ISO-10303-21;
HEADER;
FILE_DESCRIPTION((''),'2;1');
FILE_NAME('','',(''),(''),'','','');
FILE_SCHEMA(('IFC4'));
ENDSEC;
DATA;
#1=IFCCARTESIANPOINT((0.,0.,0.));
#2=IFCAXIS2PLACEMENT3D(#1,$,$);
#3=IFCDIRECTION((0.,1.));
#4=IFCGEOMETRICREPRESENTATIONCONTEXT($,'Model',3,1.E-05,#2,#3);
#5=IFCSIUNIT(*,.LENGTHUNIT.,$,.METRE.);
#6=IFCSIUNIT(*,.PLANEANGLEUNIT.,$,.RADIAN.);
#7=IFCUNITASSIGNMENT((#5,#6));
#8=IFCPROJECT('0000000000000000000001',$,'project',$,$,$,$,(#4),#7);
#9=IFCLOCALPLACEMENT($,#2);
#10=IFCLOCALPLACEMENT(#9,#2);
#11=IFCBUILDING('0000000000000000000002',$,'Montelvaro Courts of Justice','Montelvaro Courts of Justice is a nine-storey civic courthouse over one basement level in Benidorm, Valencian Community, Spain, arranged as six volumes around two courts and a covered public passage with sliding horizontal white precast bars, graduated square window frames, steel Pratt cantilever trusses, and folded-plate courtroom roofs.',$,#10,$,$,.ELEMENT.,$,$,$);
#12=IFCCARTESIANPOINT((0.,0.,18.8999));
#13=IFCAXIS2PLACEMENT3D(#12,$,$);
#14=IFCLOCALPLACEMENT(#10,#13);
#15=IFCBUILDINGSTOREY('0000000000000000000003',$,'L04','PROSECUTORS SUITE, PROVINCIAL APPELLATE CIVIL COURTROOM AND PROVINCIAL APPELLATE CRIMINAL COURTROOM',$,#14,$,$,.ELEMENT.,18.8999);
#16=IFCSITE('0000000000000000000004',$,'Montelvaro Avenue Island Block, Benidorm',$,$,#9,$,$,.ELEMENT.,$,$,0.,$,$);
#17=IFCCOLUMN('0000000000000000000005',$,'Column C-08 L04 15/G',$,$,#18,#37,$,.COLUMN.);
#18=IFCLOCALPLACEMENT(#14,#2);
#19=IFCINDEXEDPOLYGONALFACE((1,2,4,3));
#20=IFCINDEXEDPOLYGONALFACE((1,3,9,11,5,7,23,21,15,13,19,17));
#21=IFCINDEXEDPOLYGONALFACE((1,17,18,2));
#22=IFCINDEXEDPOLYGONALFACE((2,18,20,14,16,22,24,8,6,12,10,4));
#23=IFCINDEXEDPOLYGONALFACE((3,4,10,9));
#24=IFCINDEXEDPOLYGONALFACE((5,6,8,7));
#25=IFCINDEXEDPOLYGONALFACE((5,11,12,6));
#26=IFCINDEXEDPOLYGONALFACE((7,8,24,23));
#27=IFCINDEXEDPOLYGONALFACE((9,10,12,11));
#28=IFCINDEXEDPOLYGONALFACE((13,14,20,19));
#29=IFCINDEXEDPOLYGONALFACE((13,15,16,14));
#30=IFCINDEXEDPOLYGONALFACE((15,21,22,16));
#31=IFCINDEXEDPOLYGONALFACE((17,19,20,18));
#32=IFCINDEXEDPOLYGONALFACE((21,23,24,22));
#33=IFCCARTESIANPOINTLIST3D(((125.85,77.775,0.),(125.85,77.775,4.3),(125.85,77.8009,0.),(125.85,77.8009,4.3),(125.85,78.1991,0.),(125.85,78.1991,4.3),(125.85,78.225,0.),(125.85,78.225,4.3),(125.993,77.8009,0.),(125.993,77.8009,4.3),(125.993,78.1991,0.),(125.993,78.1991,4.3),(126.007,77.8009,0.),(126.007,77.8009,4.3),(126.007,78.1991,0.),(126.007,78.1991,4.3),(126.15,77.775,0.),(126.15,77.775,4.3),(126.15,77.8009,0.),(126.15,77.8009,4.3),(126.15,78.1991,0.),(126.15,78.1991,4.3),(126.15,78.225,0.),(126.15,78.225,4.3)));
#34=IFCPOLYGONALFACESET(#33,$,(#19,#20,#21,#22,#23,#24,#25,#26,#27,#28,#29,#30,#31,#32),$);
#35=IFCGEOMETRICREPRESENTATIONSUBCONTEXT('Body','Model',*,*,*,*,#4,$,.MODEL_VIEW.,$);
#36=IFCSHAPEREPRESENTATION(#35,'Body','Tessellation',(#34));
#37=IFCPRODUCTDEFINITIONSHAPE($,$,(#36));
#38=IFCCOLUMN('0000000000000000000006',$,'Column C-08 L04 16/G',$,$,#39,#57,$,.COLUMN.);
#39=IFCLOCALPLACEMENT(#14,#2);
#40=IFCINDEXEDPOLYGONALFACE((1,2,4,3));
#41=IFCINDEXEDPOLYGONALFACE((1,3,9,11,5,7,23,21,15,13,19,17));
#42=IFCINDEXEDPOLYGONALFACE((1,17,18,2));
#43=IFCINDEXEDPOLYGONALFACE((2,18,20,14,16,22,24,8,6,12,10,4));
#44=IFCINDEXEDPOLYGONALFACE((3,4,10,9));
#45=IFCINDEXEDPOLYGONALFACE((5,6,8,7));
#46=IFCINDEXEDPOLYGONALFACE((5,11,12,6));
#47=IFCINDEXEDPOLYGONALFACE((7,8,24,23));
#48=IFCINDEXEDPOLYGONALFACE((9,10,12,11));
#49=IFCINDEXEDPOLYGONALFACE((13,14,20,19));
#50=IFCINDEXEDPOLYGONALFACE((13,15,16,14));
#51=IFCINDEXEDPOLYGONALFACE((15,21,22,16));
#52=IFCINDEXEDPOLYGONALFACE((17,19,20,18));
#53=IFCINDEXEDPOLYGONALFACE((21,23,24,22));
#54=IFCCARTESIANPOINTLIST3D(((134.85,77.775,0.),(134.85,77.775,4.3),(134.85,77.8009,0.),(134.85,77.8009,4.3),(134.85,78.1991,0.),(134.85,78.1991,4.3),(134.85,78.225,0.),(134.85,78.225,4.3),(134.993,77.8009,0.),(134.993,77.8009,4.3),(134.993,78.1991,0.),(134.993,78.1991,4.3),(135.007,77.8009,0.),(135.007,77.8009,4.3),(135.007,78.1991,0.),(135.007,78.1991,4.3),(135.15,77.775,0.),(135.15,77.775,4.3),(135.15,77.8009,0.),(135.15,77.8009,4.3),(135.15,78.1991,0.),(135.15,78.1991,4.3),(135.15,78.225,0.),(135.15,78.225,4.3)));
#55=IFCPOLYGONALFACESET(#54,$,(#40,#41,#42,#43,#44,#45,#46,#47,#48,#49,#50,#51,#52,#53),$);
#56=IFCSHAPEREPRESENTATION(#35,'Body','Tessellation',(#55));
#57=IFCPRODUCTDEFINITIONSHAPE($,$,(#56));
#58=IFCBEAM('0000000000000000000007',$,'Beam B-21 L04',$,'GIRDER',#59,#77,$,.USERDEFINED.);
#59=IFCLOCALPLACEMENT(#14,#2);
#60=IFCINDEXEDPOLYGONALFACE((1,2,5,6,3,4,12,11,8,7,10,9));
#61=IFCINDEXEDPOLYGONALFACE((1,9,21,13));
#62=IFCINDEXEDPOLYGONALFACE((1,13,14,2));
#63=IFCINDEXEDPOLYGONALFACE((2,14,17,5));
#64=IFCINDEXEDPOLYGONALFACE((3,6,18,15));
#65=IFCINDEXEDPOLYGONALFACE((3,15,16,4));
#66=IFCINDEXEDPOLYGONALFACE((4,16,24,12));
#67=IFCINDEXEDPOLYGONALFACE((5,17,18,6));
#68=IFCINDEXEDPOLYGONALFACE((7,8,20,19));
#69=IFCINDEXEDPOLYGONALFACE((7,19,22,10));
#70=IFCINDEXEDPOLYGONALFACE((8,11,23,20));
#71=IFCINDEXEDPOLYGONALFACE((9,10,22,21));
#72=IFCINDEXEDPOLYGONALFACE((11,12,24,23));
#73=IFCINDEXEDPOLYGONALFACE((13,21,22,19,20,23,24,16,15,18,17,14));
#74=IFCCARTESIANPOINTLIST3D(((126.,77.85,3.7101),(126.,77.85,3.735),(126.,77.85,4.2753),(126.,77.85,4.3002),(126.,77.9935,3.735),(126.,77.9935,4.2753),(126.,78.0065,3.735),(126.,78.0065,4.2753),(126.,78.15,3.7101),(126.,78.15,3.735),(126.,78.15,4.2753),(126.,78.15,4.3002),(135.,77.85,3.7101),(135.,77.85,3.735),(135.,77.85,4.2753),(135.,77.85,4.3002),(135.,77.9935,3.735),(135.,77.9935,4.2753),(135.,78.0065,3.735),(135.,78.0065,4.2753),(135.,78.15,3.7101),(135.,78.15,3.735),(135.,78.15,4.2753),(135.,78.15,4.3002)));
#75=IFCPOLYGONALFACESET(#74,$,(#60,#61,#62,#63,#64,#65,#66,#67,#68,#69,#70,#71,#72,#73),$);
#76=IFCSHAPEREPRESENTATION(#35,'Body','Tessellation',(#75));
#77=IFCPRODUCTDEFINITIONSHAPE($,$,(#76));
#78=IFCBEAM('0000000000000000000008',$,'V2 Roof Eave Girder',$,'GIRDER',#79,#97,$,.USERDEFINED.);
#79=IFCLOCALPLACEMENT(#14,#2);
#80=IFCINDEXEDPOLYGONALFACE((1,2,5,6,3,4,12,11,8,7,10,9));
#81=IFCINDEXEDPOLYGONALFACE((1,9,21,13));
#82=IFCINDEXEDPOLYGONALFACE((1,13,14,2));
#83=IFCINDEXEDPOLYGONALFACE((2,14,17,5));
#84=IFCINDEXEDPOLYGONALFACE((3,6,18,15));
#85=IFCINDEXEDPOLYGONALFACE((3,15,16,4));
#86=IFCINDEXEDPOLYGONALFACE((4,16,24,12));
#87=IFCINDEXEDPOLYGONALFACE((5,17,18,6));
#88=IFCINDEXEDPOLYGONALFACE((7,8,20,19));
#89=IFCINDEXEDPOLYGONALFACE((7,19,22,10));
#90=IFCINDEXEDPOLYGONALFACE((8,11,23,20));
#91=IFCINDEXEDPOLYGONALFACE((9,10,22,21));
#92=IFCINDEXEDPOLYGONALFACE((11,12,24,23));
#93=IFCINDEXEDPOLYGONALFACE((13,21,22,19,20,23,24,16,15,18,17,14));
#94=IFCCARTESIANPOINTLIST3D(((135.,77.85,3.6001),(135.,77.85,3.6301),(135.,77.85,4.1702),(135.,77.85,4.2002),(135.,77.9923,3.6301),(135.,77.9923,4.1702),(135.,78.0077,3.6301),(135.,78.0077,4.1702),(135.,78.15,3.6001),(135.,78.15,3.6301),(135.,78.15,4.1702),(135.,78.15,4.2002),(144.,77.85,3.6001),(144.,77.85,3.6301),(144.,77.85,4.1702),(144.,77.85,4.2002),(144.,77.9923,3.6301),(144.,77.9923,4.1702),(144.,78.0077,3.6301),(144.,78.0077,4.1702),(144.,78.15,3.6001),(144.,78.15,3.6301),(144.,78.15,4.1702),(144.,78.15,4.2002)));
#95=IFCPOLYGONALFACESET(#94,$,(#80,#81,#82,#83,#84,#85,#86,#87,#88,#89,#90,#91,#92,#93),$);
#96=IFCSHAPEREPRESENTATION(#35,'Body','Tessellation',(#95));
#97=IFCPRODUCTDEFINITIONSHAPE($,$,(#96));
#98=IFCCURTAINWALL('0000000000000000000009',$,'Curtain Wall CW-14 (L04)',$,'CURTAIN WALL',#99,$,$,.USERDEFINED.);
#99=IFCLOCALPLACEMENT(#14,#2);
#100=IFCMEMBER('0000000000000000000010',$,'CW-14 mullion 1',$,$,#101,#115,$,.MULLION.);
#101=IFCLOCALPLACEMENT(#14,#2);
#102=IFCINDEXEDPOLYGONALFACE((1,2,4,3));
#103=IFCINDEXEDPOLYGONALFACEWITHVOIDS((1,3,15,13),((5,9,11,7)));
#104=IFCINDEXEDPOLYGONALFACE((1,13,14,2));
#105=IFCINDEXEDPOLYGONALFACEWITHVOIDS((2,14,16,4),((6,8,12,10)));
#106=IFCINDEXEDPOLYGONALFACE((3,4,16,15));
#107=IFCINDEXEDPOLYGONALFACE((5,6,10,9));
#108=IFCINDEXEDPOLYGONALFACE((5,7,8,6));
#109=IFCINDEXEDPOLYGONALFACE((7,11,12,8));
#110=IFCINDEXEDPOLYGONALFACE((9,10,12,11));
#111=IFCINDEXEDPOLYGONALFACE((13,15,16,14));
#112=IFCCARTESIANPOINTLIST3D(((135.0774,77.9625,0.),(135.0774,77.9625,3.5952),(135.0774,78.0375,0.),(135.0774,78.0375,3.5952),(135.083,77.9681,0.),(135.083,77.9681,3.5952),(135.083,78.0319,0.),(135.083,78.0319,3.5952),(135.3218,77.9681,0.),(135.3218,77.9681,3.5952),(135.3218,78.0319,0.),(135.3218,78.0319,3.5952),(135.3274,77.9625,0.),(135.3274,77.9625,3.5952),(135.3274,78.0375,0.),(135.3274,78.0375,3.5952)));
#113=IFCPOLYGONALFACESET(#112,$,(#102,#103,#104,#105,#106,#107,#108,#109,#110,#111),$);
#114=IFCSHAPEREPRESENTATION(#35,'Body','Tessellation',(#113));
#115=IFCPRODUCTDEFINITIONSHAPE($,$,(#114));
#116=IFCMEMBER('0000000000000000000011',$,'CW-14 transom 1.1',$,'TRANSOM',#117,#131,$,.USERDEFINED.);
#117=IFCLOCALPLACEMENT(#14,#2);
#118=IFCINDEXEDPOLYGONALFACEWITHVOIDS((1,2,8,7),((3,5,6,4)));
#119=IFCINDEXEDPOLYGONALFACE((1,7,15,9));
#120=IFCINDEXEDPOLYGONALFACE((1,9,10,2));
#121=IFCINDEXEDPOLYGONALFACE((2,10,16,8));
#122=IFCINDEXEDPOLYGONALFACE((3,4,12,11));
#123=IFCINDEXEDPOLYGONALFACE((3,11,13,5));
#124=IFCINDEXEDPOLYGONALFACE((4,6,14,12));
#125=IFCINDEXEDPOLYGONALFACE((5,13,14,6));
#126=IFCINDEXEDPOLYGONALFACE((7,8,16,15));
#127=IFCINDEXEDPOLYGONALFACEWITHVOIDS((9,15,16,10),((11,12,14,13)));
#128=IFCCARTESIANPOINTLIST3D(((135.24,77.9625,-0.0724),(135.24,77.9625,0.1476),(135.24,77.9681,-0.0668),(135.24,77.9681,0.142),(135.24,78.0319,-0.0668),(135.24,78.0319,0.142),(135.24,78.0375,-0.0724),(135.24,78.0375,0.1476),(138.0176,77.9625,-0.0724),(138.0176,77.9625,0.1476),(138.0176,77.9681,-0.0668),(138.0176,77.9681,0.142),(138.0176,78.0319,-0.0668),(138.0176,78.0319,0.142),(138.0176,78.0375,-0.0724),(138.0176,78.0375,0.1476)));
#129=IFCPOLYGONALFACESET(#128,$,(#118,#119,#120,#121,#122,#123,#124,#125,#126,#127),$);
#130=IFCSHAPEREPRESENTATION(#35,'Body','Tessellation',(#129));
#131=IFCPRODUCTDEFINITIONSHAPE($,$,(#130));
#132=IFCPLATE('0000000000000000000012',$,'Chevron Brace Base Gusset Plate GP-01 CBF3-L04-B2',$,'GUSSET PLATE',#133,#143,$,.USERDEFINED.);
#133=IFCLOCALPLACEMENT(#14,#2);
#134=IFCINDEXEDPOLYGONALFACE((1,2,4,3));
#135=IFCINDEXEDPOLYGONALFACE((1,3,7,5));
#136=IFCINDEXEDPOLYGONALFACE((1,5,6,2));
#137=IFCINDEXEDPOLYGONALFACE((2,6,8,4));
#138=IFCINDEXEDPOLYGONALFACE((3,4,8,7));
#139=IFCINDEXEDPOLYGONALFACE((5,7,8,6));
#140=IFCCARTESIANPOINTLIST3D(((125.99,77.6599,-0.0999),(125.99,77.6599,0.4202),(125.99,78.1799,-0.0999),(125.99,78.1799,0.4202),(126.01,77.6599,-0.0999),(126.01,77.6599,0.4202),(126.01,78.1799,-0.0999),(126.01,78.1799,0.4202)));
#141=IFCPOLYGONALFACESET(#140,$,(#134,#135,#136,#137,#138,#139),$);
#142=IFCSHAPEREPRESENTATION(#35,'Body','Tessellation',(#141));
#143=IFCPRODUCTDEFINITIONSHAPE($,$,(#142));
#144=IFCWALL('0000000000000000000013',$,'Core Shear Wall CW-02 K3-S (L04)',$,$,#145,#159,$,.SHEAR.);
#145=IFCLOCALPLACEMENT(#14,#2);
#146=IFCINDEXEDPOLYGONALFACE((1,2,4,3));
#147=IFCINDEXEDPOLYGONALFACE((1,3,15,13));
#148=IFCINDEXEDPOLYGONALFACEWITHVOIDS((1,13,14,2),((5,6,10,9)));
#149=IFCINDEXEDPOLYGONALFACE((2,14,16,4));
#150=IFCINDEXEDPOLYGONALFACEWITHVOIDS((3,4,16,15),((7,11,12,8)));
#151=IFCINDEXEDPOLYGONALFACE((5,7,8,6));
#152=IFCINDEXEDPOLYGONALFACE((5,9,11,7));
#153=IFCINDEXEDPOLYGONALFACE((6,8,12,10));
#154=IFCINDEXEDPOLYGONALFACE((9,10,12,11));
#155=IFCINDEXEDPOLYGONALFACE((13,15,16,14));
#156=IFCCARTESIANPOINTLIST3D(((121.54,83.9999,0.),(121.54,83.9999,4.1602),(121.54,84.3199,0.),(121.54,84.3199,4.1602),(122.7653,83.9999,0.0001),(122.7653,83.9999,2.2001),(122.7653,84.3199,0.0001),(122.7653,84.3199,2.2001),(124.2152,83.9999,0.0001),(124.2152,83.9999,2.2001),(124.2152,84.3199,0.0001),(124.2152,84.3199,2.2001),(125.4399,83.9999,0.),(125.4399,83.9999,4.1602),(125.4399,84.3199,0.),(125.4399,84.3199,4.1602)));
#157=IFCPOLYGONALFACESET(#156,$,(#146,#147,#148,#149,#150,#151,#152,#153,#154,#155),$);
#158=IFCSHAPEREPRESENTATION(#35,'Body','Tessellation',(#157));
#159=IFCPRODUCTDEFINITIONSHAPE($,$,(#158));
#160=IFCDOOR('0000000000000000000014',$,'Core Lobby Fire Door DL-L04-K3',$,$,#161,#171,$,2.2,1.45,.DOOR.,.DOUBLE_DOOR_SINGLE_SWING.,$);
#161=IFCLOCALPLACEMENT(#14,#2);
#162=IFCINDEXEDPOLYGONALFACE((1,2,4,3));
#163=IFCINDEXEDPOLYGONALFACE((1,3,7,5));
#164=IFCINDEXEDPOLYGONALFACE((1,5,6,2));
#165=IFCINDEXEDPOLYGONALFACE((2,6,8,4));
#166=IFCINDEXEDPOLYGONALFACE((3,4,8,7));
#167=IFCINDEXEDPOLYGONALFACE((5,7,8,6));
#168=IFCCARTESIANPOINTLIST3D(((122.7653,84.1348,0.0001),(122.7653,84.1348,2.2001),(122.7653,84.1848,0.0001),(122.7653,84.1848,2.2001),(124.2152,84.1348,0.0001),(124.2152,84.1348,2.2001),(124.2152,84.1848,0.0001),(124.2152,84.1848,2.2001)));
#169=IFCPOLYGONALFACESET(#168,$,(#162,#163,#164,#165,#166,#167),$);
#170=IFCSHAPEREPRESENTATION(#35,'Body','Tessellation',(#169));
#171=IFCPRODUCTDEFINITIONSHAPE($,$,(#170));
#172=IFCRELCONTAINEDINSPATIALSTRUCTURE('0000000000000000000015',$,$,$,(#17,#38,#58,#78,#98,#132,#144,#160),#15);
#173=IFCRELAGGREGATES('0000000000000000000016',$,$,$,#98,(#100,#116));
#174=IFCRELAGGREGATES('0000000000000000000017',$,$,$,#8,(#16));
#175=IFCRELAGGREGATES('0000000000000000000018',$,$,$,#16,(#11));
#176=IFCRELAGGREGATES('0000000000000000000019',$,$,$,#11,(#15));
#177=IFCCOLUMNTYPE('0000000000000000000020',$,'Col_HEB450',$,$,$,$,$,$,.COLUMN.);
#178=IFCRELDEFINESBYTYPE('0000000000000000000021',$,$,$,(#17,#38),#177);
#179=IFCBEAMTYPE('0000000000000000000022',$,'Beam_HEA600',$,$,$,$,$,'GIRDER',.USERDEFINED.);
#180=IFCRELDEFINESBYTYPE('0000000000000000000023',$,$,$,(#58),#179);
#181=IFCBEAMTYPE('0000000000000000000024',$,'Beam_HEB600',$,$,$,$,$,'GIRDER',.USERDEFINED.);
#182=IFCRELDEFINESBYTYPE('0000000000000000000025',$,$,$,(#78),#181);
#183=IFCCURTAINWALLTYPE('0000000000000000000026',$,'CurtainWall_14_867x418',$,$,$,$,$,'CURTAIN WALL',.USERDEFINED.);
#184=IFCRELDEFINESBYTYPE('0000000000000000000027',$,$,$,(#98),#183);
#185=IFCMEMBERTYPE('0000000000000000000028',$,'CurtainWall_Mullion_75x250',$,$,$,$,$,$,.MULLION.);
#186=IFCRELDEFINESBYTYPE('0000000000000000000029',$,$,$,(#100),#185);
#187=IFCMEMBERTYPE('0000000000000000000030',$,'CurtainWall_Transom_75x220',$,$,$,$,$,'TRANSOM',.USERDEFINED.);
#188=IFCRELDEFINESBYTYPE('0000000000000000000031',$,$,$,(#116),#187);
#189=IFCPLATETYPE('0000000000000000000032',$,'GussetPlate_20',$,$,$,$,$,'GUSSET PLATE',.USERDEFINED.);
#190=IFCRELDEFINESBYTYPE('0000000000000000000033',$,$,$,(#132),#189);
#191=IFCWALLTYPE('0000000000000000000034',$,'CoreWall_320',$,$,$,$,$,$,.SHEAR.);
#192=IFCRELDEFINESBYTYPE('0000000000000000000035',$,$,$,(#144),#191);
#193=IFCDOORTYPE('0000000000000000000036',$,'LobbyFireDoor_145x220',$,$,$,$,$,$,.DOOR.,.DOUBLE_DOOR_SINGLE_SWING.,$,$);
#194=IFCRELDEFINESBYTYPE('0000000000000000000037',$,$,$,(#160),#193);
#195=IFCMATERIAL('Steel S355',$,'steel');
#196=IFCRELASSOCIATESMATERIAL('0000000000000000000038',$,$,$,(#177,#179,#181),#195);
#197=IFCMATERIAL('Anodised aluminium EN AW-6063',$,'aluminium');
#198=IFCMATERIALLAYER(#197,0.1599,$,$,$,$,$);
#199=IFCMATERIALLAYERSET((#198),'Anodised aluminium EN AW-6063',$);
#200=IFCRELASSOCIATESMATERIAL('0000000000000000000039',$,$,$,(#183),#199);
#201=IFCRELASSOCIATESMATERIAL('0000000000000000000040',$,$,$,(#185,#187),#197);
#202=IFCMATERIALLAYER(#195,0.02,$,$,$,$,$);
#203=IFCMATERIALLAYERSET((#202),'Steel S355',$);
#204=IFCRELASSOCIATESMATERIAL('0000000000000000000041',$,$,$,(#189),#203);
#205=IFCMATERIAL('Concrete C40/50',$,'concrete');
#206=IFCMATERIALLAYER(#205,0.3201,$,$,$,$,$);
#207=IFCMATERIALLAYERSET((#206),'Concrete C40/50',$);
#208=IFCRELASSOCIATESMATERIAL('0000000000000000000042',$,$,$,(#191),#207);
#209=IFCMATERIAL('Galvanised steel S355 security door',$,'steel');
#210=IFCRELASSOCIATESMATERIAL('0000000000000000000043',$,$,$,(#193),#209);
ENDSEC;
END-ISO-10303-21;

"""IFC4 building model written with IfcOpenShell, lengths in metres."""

from ifc_helpers import new_model, si_unit, direction, frame, frame_2d, origin, origin_2d, place, context, subcontext, project, spatial, rectangle, hollow_rectangle, i_section, extrude, material, layer, layer_set, material_profile, profile_set, type_object, element, fill, aggregate, save


model = new_model("IFC4")

# Units and contexts
model_context = context("Model", 3, precision=1e-05, world=origin(), true_north=direction((0.0, 1.0)))
body_context = subcontext(model_context, "Body", "Model", "MODEL_VIEW")
ifc_project = project(units=[si_unit("LENGTHUNIT", "METRE"), si_unit("PLANEANGLEUNIT", "RADIAN")], contexts=[model_context])

# Site, building, storey
site_placement = place(None, origin())
site = spatial("IfcSite", under=ifc_project, at=site_placement, Name="Montelvaro Avenue Island Block, Benidorm", CompositionType="ELEMENT", RefElevation=0.0)
building_placement = place(site_placement, origin())
building = spatial("IfcBuilding", under=site, at=building_placement, Name="Montelvaro Courts of Justice", Description="Montelvaro Courts of Justice is a nine-storey civic courthouse over one basement level in Benidorm, Valencian Community, Spain, arranged as six volumes around two courts and a covered public passage with sliding horizontal white precast bars, graduated square window frames, steel Pratt cantilever trusses, and folded-plate courtroom roofs.", CompositionType="ELEMENT")
storey_placement = place(building_placement, frame((0.0, 0.0, 18.8999)))
storey = spatial("IfcBuildingStorey", under=building, at=storey_placement, Name="L04", Description="PROSECUTORS SUITE, PROVINCIAL APPELLATE CIVIL COURTROOM AND PROVINCIAL APPELLATE CRIMINAL COURTROOM", CompositionType="ELEMENT", Elevation=18.8999)

# Columns
ifc_material_1 = material(Name="Steel S355", Category="steel")
ifc_material_profile_1 = material_profile(ifc_material_1, i_section(OverallWidth=0.3, OverallDepth=0.45, WebThickness=0.0139, FlangeThickness=0.0259, at=origin_2d()), Name="HEB 450")
ifc_profile_set_1 = profile_set([ifc_material_profile_1], Name="Steel S355")
column_type = type_object("IfcColumnType", Name="Col_HEB450", PredefinedType="COLUMN", material=ifc_profile_set_1)
for number, where, z_axis, x_axis, name in (
    (1, (126.0, 78.0, 0.0), (0.0, 0.0, 1.0), (1.0, 0.0, 0.0), "Column C-08 L04 15/G"),
    (2, (135.0, 78.0, 0.0), (0.0, 0.0, 1.0), (1.0, 0.0, 0.0), "Column C-08 L04 16/G"),
):
    element("IfcColumn", number, at=place(storey_placement, frame(where, z_axis=z_axis, x_axis=x_axis)), inside=storey, type_object=column_type, Name=name, PredefinedType="COLUMN", context=body_context, shape_type="SweptSolid", body=[
        extrude(i_section(OverallWidth=0.3, OverallDepth=0.45, WebThickness=0.0139, FlangeThickness=0.0259, at=origin_2d()), origin(), (0.0, 0.0, 1.0), 4.3),
    ])

# Beams
ifc_material_profile_2 = material_profile(ifc_material_1, i_section(OverallWidth=0.3, OverallDepth=0.5901, WebThickness=0.0129, FlangeThickness=0.0249, at=origin_2d()), Name="HEA 600")
ifc_profile_set_2 = profile_set([ifc_material_profile_2], Name="Steel S355")
beam_type_1 = type_object("IfcBeamType", Name="Beam_HEA600", ElementType="GIRDER", PredefinedType="USERDEFINED", material=ifc_profile_set_2)
beam_1_placement = place(storey_placement, frame((126.0, 78.0, 4.0051), z_axis=(1.0, 0.0, 0.0), x_axis=(0.0, 1.0, 0.0)))
element("IfcBeam", 3, at=beam_1_placement, inside=storey, type_object=beam_type_1, Name="Beam B-21 L04", ObjectType="GIRDER", PredefinedType="USERDEFINED", context=body_context, shape_type="SweptSolid", body=[
    extrude(i_section(OverallWidth=0.3, OverallDepth=0.5901, WebThickness=0.0129, FlangeThickness=0.0249, at=origin_2d()), origin(), (0.0, 0.0, 1.0), 9.0),
])
ifc_material_profile_3 = material_profile(ifc_material_1, i_section(OverallWidth=0.3, OverallDepth=0.6001, WebThickness=0.0154, FlangeThickness=0.03, at=origin_2d()), Name="HEB 600")
ifc_profile_set_3 = profile_set([ifc_material_profile_3], Name="Steel S355")
beam_type_2 = type_object("IfcBeamType", Name="Beam_HEB600", ElementType="GIRDER", PredefinedType="USERDEFINED", material=ifc_profile_set_3)
beam_2_placement = place(storey_placement, frame((135.0, 78.0, 3.9001), z_axis=(1.0, 0.0, 0.0), x_axis=(0.0, 1.0, 0.0)))
element("IfcBeam", 4, at=beam_2_placement, inside=storey, type_object=beam_type_2, Name="V2 Roof Eave Girder", ObjectType="GIRDER", PredefinedType="USERDEFINED", context=body_context, shape_type="SweptSolid", body=[
    extrude(i_section(OverallWidth=0.3, OverallDepth=0.6001, WebThickness=0.0154, FlangeThickness=0.03, at=origin_2d()), origin(), (0.0, 0.0, 1.0), 9.0),
])

# Curtain wall, members
ifc_material_2 = material(Name="Anodised aluminium EN AW-6063", Category="aluminium")
ifc_layer_1 = layer(ifc_material_2, 0.1599)
ifc_layer_set_1 = layer_set([ifc_layer_1], Name="Anodised aluminium EN AW-6063")
curtain_wall_type = type_object("IfcCurtainWallType", Name="CurtainWall_14_867x418", ElementType="CURTAIN WALL", PredefinedType="USERDEFINED", material=ifc_layer_set_1)
curtain_wall_placement = place(storey_placement, origin())
curtain_wall = element("IfcCurtainWall", 5, at=curtain_wall_placement, inside=storey, type_object=curtain_wall_type, Name="Curtain Wall CW-14 (L04)", ObjectType="CURTAIN WALL", PredefinedType="USERDEFINED")
ifc_material_profile_4 = material_profile(ifc_material_2, hollow_rectangle(XDim=0.075, YDim=0.25, WallThickness=0.0056, at=origin_2d()), Name="ALU-M 75x250")
ifc_profile_set_4 = profile_set([ifc_material_profile_4], Name="Anodised aluminium EN AW-6063")
member_type_1 = type_object("IfcMemberType", Name="CurtainWall_Mullion_75x250", PredefinedType="MULLION", material=ifc_profile_set_4)
member_1_placement = place(storey_placement, frame((135.2024, 78.0, 0.0), z_axis=(0.0, 0.0, 1.0), x_axis=(0.0, 1.0, 0.0)))
member_1 = element("IfcMember", 6, at=member_1_placement, type_object=member_type_1, Name="CW-14 mullion 1", PredefinedType="MULLION", context=body_context, shape_type="SweptSolid", body=[
    extrude(hollow_rectangle(XDim=0.075, YDim=0.25, WallThickness=0.0056, at=origin_2d()), origin(), (0.0, 0.0, 1.0), 3.5952),
])
ifc_material_profile_5 = material_profile(ifc_material_2, hollow_rectangle(XDim=0.075, YDim=0.22, WallThickness=0.0056, at=origin_2d()), Name="ALU-T 75x220")
ifc_profile_set_5 = profile_set([ifc_material_profile_5], Name="Anodised aluminium EN AW-6063")
member_type_2 = type_object("IfcMemberType", Name="CurtainWall_Transom_75x220", ElementType="TRANSOM", PredefinedType="USERDEFINED", material=ifc_profile_set_5)
member_2_placement = place(storey_placement, frame((135.24, 78.0, 0.0376), z_axis=(1.0, 0.0, 0.0), x_axis=(0.0, 1.0, 0.0)))
member_2 = element("IfcMember", 7, at=member_2_placement, type_object=member_type_2, Name="CW-14 transom 1.1", ObjectType="TRANSOM", PredefinedType="USERDEFINED", context=body_context, shape_type="SweptSolid", body=[
    extrude(hollow_rectangle(XDim=0.075, YDim=0.22, WallThickness=0.0056, at=origin_2d()), origin(), (0.0, 0.0, 1.0), 2.7776),
])
aggregate(curtain_wall, [member_1, member_2])

# Plate
ifc_layer_2 = layer(ifc_material_1, 0.02)
ifc_layer_set_2 = layer_set([ifc_layer_2], Name="Steel S355")
plate_type = type_object("IfcPlateType", Name="GussetPlate_20", ElementType="GUSSET PLATE", PredefinedType="USERDEFINED", material=ifc_layer_set_2)
plate_placement = place(storey_placement, frame((126.0, 77.9199, -0.0999), z_axis=(0.0, 0.0, 1.0), x_axis=(1.0, 0.0, 0.0)))
element("IfcPlate", 8, at=plate_placement, inside=storey, type_object=plate_type, Name="Chevron Brace Base Gusset Plate GP-01 CBF3-L04-B2", ObjectType="GUSSET PLATE", PredefinedType="USERDEFINED", context=body_context, shape_type="SweptSolid", body=[
    extrude(rectangle(XDim=0.02, YDim=0.52, at=origin_2d()), origin(), (0.0, 0.0, 1.0), 0.52),
])

# Wall, opening, door
ifc_material_3 = material(Name="Concrete C40/50", Category="concrete")
ifc_layer_3 = layer(ifc_material_3, 0.3201)
ifc_layer_set_3 = layer_set([ifc_layer_3], Name="Concrete C40/50")
wall_type_1 = type_object("IfcWallType", Name="CoreWall_320", PredefinedType="SHEAR", material=ifc_layer_set_3)
wall_1_placement = place(storey_placement, frame((121.54, 84.1599, 0.0), z_axis=(0.0, 0.0, 1.0), x_axis=(1.0, 0.0, 0.0)))
wall_1 = element("IfcWall", 9, at=wall_1_placement, inside=storey, type_object=wall_type_1, Name="Core Shear Wall CW-02 K3-S (L04)", PredefinedType="SHEAR", context=body_context, shape_type="SweptSolid", body=[
    extrude(rectangle(XDim=3.8999, YDim=0.3201, at=frame_2d((1.95, 0.0))), origin(), (0.0, 0.0, 1.0), 4.1602),
])
opening_1_placement = place(wall_1_placement, frame((1.2251, 0.0, 0.0)))
opening_1 = element("IfcOpeningElement", 10, at=opening_1_placement, cuts=wall_1, PredefinedType="OPENING", context=body_context, shape_type="SweptSolid", body=[
    extrude(rectangle(XDim=1.45, YDim=2.2, at=frame_2d((0.7251, 1.1001))), frame((0.0, 0.1748, 0.0), z_axis=(0.0, -1.0, 0.0), x_axis=(1.0, 0.0, 0.0)), (0.0, 0.0, 1.0), 0.3499),
])
ifc_material_4 = material(Name="Galvanised steel S355 security door", Category="steel")
door_type_1 = type_object("IfcDoorType", Name="LobbyFireDoor_145x220", OperationType="DOUBLE_DOOR_SINGLE_SWING", PredefinedType="DOOR", material=ifc_material_4)
door_1_placement = place(opening_1_placement, origin())
door_1 = element("IfcDoor", 11, at=door_1_placement, inside=storey, type_object=door_type_1, Name="Core Lobby Fire Door DL-L04-K3", OperationType="DOUBLE_DOOR_SINGLE_SWING", OverallHeight=2.2, OverallWidth=1.45, PredefinedType="DOOR", context=body_context, shape_type="SweptSolid", body=[
    extrude(rectangle(XDim=1.45, YDim=2.2, at=frame_2d((0.7251, 1.1001))), frame((0.0, 0.0249, 0.0), z_axis=(0.0, -1.0, 0.0), x_axis=(1.0, 0.0, 0.0)), (0.0, 0.0, 1.0), 0.05),
])
fill(opening_1, door_1)

save(model, "model.ifc")
